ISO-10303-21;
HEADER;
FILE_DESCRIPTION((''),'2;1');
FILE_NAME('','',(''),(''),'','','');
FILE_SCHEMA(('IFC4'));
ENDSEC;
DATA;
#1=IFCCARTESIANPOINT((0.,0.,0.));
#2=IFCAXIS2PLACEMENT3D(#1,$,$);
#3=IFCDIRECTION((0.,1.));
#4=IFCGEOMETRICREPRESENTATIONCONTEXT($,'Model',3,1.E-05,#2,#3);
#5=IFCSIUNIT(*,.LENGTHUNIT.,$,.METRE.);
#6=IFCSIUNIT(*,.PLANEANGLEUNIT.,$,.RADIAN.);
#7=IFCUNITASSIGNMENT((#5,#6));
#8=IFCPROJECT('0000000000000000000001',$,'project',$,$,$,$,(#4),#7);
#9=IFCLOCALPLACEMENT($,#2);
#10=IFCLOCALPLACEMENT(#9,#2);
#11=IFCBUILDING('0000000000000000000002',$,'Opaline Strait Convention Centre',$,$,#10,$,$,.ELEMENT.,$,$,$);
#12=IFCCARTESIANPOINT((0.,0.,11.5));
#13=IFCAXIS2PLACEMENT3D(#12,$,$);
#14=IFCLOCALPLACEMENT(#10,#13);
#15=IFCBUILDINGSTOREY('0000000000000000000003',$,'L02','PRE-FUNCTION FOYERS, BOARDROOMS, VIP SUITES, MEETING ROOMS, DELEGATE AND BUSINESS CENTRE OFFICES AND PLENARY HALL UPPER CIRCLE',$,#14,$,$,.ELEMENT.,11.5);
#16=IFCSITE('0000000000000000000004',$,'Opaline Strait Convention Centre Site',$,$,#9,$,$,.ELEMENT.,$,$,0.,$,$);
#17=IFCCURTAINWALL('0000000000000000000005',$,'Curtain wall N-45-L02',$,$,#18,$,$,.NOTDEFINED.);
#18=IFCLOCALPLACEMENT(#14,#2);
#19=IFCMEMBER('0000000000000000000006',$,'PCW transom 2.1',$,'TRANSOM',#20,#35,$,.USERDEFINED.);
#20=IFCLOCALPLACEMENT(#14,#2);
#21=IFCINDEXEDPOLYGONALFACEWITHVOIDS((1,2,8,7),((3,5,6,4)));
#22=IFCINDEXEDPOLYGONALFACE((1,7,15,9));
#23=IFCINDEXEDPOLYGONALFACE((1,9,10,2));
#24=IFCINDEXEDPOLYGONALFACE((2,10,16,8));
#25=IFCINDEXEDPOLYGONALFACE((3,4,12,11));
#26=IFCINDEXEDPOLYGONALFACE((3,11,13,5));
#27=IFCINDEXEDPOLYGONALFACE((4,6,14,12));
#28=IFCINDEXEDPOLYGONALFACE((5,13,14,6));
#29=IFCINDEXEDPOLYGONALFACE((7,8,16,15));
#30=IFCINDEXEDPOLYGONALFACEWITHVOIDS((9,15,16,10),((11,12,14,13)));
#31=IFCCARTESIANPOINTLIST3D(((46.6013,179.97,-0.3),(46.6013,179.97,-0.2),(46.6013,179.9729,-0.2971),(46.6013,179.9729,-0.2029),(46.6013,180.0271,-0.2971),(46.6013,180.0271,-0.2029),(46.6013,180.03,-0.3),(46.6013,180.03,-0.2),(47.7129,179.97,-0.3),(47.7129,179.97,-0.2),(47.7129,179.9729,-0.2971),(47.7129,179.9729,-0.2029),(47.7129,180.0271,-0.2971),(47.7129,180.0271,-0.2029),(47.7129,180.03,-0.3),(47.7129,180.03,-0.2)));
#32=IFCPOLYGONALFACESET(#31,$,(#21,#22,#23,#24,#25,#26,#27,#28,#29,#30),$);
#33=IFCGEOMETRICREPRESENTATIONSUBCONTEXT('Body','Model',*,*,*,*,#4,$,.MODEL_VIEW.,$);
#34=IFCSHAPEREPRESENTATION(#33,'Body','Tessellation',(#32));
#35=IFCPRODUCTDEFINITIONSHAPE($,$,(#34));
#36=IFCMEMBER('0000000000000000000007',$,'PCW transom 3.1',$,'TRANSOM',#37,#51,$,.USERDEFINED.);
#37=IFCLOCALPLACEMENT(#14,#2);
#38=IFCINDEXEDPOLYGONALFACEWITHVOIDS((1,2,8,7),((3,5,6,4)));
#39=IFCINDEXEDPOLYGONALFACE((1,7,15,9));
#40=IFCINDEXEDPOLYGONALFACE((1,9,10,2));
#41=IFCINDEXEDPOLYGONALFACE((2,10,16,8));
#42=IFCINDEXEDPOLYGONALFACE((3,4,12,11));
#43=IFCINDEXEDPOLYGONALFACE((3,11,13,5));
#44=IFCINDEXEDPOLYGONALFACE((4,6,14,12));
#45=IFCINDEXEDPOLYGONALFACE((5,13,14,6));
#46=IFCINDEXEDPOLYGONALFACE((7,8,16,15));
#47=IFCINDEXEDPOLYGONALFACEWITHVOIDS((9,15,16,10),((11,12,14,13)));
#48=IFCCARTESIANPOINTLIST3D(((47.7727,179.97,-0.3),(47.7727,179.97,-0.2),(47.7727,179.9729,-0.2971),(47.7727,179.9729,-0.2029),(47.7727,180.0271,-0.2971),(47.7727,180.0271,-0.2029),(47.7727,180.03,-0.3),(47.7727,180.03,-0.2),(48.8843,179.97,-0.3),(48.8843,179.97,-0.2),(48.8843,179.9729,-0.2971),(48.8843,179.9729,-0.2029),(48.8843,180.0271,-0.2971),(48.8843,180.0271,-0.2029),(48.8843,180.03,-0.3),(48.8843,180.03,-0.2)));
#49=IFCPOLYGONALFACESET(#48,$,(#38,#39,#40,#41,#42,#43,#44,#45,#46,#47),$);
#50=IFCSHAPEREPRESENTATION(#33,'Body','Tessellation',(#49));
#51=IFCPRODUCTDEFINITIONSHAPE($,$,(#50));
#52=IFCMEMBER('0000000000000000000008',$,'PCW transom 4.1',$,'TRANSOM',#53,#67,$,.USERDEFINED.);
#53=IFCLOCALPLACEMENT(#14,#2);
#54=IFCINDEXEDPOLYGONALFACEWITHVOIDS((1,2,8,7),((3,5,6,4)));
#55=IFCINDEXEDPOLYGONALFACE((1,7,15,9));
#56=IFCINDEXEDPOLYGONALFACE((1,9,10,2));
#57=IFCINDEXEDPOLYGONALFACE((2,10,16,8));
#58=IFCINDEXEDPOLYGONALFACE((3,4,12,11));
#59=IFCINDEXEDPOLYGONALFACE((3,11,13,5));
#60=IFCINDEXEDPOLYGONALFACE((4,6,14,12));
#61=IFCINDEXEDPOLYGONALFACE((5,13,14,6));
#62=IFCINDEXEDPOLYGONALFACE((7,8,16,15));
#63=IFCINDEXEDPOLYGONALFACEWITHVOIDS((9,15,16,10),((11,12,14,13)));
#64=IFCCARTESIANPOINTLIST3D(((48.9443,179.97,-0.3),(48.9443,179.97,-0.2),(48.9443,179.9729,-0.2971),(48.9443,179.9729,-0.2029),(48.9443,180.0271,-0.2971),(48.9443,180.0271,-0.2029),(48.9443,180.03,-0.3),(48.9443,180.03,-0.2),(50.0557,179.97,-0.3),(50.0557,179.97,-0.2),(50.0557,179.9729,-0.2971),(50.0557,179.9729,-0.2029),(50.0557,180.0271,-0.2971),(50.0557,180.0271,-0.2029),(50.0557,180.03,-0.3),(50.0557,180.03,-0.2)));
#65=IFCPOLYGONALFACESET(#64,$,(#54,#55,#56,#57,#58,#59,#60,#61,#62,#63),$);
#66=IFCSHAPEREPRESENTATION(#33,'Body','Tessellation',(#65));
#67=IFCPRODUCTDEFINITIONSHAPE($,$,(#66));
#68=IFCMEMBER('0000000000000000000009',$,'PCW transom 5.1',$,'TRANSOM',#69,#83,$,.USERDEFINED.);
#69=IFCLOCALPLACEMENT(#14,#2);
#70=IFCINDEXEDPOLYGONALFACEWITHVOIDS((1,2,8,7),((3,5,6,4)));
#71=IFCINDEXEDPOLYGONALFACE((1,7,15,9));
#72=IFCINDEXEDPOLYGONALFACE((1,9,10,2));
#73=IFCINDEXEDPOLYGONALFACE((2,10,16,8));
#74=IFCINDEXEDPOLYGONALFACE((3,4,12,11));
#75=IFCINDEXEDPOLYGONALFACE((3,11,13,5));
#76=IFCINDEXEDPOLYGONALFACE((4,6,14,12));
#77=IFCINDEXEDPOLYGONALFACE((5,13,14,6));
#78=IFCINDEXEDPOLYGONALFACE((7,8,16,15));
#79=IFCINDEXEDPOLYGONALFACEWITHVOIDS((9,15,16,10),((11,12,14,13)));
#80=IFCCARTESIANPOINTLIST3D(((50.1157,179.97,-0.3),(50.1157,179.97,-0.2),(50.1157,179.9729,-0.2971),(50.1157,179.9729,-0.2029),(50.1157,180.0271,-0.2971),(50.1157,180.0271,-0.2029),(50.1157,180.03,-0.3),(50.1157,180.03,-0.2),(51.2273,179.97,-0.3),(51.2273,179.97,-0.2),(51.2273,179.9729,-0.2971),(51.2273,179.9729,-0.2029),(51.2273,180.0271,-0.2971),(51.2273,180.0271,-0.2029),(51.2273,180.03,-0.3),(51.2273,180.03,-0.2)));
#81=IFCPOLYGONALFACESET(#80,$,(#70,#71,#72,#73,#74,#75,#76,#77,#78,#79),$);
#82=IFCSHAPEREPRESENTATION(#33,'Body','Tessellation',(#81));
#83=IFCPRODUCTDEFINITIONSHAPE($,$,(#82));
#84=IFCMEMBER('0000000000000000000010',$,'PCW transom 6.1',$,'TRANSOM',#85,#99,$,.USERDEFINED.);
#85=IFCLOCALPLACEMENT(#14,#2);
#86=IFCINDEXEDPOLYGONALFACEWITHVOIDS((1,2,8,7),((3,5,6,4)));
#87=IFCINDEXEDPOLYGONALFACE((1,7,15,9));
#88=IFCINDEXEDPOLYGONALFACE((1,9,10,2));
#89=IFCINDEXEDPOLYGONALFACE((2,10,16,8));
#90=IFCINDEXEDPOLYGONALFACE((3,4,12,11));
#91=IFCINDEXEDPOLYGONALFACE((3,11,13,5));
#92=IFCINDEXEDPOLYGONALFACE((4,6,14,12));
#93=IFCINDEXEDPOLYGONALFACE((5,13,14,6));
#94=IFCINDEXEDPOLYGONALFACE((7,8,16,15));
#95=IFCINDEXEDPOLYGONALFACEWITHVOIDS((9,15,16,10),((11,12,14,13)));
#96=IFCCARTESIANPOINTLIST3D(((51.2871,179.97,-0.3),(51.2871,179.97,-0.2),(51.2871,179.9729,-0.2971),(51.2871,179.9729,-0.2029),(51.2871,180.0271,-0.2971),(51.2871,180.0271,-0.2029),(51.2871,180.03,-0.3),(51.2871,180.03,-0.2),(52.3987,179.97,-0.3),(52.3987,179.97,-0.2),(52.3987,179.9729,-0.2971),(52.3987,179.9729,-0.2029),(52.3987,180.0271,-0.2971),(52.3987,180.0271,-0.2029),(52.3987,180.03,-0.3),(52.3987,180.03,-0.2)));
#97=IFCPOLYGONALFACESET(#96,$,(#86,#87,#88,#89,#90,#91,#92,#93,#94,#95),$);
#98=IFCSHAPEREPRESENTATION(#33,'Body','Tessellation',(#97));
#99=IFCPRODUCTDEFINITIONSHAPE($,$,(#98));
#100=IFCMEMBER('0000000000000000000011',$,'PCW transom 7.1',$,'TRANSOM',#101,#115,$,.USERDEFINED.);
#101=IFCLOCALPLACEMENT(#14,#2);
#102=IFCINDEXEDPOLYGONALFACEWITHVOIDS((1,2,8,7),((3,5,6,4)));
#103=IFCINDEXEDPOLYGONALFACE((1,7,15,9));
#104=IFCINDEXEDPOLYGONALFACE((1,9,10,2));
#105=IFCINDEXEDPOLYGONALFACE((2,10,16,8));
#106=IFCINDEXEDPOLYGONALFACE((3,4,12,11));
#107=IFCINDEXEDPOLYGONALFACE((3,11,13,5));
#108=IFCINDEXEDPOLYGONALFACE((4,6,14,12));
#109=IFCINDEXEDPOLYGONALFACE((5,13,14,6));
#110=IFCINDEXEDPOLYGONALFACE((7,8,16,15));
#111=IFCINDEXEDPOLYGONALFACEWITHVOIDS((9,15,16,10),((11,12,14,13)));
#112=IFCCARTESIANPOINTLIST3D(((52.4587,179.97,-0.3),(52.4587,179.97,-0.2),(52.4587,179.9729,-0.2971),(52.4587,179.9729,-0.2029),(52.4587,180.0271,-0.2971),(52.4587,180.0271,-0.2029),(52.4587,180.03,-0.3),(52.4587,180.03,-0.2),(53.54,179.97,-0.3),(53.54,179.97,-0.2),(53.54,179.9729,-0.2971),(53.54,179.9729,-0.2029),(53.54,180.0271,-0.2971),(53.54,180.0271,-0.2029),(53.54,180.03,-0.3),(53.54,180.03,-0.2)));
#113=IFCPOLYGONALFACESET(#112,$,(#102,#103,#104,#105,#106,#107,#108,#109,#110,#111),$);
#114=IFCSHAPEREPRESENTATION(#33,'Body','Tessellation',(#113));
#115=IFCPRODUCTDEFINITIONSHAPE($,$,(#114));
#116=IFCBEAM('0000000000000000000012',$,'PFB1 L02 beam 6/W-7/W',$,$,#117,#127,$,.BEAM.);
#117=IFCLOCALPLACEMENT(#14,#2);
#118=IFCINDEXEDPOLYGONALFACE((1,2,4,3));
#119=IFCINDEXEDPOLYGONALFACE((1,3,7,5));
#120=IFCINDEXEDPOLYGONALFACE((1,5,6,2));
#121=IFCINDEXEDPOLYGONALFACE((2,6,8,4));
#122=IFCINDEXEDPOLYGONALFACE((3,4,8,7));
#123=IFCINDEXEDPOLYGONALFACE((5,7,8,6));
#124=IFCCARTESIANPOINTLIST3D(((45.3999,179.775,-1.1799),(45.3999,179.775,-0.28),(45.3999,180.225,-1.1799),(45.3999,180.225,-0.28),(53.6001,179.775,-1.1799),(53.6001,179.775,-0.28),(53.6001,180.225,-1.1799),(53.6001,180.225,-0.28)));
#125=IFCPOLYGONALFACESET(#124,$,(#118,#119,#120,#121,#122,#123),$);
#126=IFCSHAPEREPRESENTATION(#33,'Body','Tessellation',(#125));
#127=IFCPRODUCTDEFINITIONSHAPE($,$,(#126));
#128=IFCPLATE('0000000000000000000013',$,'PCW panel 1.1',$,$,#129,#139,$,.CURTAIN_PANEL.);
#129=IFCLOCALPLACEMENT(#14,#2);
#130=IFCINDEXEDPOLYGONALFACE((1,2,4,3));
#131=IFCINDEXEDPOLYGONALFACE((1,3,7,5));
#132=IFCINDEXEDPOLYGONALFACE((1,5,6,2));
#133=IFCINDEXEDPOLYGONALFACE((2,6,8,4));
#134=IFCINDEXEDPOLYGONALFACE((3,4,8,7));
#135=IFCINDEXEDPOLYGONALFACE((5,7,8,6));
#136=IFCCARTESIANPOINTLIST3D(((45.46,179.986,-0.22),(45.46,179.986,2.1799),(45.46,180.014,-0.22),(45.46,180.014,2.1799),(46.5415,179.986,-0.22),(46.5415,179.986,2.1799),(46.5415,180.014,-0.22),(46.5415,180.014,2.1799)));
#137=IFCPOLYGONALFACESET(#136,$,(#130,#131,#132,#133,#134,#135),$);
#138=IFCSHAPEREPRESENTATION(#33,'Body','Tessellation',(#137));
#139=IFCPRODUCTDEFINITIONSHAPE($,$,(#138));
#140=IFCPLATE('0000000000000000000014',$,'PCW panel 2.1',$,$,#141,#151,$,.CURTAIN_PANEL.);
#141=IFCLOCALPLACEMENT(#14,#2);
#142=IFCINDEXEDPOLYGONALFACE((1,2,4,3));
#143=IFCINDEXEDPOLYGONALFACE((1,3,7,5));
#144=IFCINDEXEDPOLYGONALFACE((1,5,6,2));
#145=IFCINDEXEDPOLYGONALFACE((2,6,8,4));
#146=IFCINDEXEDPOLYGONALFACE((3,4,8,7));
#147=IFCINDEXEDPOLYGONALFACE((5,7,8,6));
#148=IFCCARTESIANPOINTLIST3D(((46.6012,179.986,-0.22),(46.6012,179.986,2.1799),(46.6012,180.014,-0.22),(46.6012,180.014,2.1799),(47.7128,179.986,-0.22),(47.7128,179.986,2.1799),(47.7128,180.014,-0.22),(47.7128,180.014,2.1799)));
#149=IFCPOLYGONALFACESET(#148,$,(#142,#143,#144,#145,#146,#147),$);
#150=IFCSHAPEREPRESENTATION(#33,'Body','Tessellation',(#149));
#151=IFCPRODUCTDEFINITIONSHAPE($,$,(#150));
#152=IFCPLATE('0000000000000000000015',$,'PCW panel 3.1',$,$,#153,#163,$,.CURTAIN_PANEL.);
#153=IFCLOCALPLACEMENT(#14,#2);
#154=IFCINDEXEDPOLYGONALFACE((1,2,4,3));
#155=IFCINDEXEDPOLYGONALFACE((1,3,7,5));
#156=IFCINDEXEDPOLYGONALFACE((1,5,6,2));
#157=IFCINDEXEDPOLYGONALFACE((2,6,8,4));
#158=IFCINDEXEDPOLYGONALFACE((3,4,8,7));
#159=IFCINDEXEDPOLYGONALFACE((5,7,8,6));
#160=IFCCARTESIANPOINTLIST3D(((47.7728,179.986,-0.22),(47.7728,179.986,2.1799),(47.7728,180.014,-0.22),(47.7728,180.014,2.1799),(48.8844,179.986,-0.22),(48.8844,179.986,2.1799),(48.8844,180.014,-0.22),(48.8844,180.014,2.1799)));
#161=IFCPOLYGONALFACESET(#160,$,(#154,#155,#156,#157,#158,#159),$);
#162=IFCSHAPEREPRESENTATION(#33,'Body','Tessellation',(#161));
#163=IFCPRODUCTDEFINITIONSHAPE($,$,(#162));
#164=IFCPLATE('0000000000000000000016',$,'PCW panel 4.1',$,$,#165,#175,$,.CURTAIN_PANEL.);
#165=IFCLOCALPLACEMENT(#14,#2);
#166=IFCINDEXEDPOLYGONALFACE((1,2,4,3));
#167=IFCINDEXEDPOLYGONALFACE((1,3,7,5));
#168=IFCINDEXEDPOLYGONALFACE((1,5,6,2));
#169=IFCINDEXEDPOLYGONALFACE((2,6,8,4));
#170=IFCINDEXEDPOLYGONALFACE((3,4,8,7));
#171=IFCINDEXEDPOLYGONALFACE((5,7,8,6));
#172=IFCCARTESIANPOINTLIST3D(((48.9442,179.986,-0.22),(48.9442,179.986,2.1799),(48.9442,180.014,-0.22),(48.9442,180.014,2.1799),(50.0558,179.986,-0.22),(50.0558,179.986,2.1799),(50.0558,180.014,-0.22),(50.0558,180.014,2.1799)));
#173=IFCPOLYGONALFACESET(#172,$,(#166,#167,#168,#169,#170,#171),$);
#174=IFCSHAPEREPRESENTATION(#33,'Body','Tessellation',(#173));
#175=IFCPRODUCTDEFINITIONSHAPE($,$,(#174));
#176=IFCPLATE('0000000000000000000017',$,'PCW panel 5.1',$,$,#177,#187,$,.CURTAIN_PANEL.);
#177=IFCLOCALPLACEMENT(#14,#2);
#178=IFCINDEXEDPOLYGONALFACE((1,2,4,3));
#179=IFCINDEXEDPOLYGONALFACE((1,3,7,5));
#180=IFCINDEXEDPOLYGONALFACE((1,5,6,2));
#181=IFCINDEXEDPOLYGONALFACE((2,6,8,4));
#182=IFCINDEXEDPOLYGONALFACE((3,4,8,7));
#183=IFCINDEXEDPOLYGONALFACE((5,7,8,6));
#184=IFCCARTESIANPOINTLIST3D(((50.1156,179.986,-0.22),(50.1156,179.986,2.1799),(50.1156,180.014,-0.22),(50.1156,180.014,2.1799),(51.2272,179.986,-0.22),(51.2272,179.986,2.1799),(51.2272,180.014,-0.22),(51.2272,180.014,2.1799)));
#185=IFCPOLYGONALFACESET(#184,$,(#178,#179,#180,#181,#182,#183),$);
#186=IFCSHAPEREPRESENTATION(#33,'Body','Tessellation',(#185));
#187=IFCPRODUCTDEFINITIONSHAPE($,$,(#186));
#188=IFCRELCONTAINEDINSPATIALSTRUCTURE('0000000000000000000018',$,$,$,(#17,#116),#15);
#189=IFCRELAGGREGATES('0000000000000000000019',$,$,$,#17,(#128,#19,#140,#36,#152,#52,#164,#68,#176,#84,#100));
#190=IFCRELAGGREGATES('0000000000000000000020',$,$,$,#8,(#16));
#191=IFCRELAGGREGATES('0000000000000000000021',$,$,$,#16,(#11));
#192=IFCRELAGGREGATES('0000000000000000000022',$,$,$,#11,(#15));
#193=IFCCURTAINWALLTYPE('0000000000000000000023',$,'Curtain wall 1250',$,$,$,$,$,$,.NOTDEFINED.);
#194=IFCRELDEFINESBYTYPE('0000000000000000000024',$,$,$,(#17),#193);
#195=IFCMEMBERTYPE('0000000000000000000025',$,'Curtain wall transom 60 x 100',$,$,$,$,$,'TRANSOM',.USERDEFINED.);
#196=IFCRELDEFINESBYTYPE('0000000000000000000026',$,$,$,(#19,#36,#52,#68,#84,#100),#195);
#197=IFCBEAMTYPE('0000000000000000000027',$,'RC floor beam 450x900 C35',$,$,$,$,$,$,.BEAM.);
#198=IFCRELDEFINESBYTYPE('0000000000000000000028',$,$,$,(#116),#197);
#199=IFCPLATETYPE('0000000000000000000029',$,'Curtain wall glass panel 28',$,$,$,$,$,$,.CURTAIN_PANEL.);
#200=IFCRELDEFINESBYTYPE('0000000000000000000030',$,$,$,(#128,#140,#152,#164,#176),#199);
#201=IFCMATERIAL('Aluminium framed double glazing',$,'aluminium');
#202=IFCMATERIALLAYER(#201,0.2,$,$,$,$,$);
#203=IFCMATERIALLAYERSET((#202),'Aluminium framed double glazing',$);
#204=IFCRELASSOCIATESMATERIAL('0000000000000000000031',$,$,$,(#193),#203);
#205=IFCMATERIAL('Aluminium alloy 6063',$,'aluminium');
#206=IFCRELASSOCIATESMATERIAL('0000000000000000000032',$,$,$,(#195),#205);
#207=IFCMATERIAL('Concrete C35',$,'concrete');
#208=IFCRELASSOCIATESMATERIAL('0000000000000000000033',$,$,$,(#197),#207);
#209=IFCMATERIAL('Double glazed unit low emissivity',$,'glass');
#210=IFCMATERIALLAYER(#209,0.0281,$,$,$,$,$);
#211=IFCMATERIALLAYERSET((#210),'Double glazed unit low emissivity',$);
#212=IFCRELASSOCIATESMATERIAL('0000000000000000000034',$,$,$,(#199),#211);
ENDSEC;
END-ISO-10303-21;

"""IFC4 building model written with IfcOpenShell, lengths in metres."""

from ifc_helpers import new_model, si_unit, direction, frame, origin, origin_2d, place, context, subcontext, project, spatial, rectangle, hollow_rectangle, extrude, material, layer, layer_set, material_profile, profile_set, type_object, element, aggregate, save


model = new_model("IFC4")

# Units and contexts
model_context = context("Model", 3, precision=1e-05, world=origin(), true_north=direction((0.0, 1.0)))
body_context = subcontext(model_context, "Body", "Model", "MODEL_VIEW")
ifc_project = project(units=[si_unit("LENGTHUNIT", "METRE"), si_unit("PLANEANGLEUNIT", "RADIAN")], contexts=[model_context])

# Site, building, storey
site_placement = place(None, origin())
site = spatial("IfcSite", under=ifc_project, at=site_placement, Name="Opaline Strait Convention Centre Site", CompositionType="ELEMENT", RefElevation=0.0)
building_placement = place(site_placement, origin())
building = spatial("IfcBuilding", under=site, at=building_placement, Name="Opaline Strait Convention Centre", CompositionType="ELEMENT")
storey_placement = place(building_placement, frame((0.0, 0.0, 11.5)))
storey = spatial("IfcBuildingStorey", under=building, at=storey_placement, Name="L02", Description="PRE-FUNCTION FOYERS, BOARDROOMS, VIP SUITES, MEETING ROOMS, DELEGATE AND BUSINESS CENTRE OFFICES AND PLENARY HALL UPPER CIRCLE", CompositionType="ELEMENT", Elevation=11.5)

# Shared definitions
ifc_material_1 = material(Name="Aluminium framed double glazing", Category="aluminium")
ifc_layer_1 = layer(ifc_material_1, 0.2)
ifc_layer_set_1 = layer_set([ifc_layer_1], Name="Aluminium framed double glazing")
curtain_wall_type = type_object("IfcCurtainWallType", Name="Curtain wall 1250", PredefinedType="NOTDEFINED", material=ifc_layer_set_1)
ifc_material_2 = material(Name="Aluminium alloy 6063", Category="aluminium")

# Curtain wall, members
curtain_wall_1_placement = place(storey_placement, origin())
curtain_wall_1 = element("IfcCurtainWall", 1, at=curtain_wall_1_placement, inside=storey, type_object=curtain_wall_type, Name="Curtain wall N-45-L02", PredefinedType="NOTDEFINED")
ifc_material_profile_1 = material_profile(ifc_material_2, hollow_rectangle(XDim=0.0601, YDim=0.1001, WallThickness=0.0029, at=origin_2d()), Name="TRANSOM 60x100x3")
ifc_profile_set_1 = profile_set([ifc_material_profile_1], Name="Aluminium alloy 6063")
member_type_1 = type_object("IfcMemberType", Name="Curtain wall transom 60 x 100", ElementType="TRANSOM", PredefinedType="USERDEFINED", material=ifc_profile_set_1)
member_1_placement = place(storey_placement, frame((46.6013, 180.0, -0.25), z_axis=(1.0, 0.0, 0.0), x_axis=(0.0, 1.0, 0.0)))
member_1 = element("IfcMember", 2, at=member_1_placement, type_object=member_type_1, Name="PCW transom 2.1", ObjectType="TRANSOM", PredefinedType="USERDEFINED", context=body_context, shape_type="SweptSolid", body=[
    extrude(hollow_rectangle(XDim=0.0601, YDim=0.1001, WallThickness=0.0029, at=origin_2d()), origin(), (0.0, 0.0, 1.0), 1.1116),
])
member_2_placement = place(storey_placement, frame((47.7727, 180.0, -0.25), z_axis=(1.0, 0.0, 0.0), x_axis=(0.0, 1.0, 0.0)))
member_2 = element("IfcMember", 3, at=member_2_placement, type_object=member_type_1, Name="PCW transom 3.1", ObjectType="TRANSOM", PredefinedType="USERDEFINED", context=body_context, shape_type="SweptSolid", body=[
    extrude(hollow_rectangle(XDim=0.0601, YDim=0.1001, WallThickness=0.0029, at=origin_2d()), origin(), (0.0, 0.0, 1.0), 1.1116),
])
member_3_placement = place(storey_placement, frame((48.9443, 180.0, -0.25), z_axis=(1.0, 0.0, 0.0), x_axis=(0.0, 1.0, 0.0)))
member_3 = element("IfcMember", 4, at=member_3_placement, type_object=member_type_1, Name="PCW transom 4.1", ObjectType="TRANSOM", PredefinedType="USERDEFINED", context=body_context, shape_type="SweptSolid", body=[
    extrude(hollow_rectangle(XDim=0.0601, YDim=0.1001, WallThickness=0.0029, at=origin_2d()), origin(), (0.0, 0.0, 1.0), 1.1113),
])
member_4_placement = place(storey_placement, frame((50.1157, 180.0, -0.25), z_axis=(1.0, 0.0, 0.0), x_axis=(0.0, 1.0, 0.0)))
member_4 = element("IfcMember", 5, at=member_4_placement, type_object=member_type_1, Name="PCW transom 5.1", ObjectType="TRANSOM", PredefinedType="USERDEFINED", context=body_context, shape_type="SweptSolid", body=[
    extrude(hollow_rectangle(XDim=0.0601, YDim=0.1001, WallThickness=0.0029, at=origin_2d()), origin(), (0.0, 0.0, 1.0), 1.1116),
])
member_5_placement = place(storey_placement, frame((51.2871, 180.0, -0.25), z_axis=(1.0, 0.0, 0.0), x_axis=(0.0, 1.0, 0.0)))
member_5 = element("IfcMember", 6, at=member_5_placement, type_object=member_type_1, Name="PCW transom 6.1", ObjectType="TRANSOM", PredefinedType="USERDEFINED", context=body_context, shape_type="SweptSolid", body=[
    extrude(hollow_rectangle(XDim=0.0601, YDim=0.1001, WallThickness=0.0029, at=origin_2d()), origin(), (0.0, 0.0, 1.0), 1.1116),
])
member_6_placement = place(storey_placement, frame((52.4587, 180.0, -0.25), z_axis=(1.0, 0.0, 0.0), x_axis=(0.0, 1.0, 0.0)))
member_6 = element("IfcMember", 7, at=member_6_placement, type_object=member_type_1, Name="PCW transom 7.1", ObjectType="TRANSOM", PredefinedType="USERDEFINED", context=body_context, shape_type="SweptSolid", body=[
    extrude(hollow_rectangle(XDim=0.0601, YDim=0.1001, WallThickness=0.0029, at=origin_2d()), origin(), (0.0, 0.0, 1.0), 1.0813),
])

# Beam
ifc_material_3 = material(Name="Concrete C35", Category="concrete")
ifc_material_profile_2 = material_profile(ifc_material_3, rectangle(XDim=0.45, YDim=0.8999, at=origin_2d()), Name="RC 450x900")
ifc_profile_set_2 = profile_set([ifc_material_profile_2], Name="Concrete C35")
beam_type = type_object("IfcBeamType", Name="RC floor beam 450x900 C35", PredefinedType="BEAM", material=ifc_profile_set_2)
beam_placement = place(storey_placement, frame((45.3999, 180.0, -0.73), z_axis=(1.0, 0.0, 0.0), x_axis=(0.0, 1.0, 0.0)))
element("IfcBeam", 8, at=beam_placement, inside=storey, type_object=beam_type, Name="PFB1 L02 beam 6/W-7/W", PredefinedType="BEAM", context=body_context, shape_type="SweptSolid", body=[
    extrude(rectangle(XDim=0.45, YDim=0.8999, at=origin_2d()), origin(), (0.0, 0.0, 1.0), 8.2002),
])

# Plates
ifc_material_4 = material(Name="Double glazed unit low emissivity", Category="glass")
ifc_layer_2 = layer(ifc_material_4, 0.0281)
ifc_layer_set_2 = layer_set([ifc_layer_2], Name="Double glazed unit low emissivity")
plate_type = type_object("IfcPlateType", Name="Curtain wall glass panel 28", PredefinedType="CURTAIN_PANEL", material=ifc_layer_set_2)
plate_1_placement = place(storey_placement, frame((46.0007, 180.0, -0.22), z_axis=(0.0, 0.0, 1.0), x_axis=(1.0, 0.0, 0.0)))
plate_1 = element("IfcPlate", 9, at=plate_1_placement, type_object=plate_type, Name="PCW panel 1.1", PredefinedType="CURTAIN_PANEL", context=body_context, shape_type="SweptSolid", body=[
    extrude(rectangle(XDim=1.0815, YDim=0.0281, at=origin_2d()), origin(), (0.0, 0.0, 1.0), 2.3999),
])
plate_2_placement = place(storey_placement, frame((47.157, 180.0, -0.22), z_axis=(0.0, 0.0, 1.0), x_axis=(1.0, 0.0, 0.0)))
plate_2 = element("IfcPlate", 10, at=plate_2_placement, type_object=plate_type, Name="PCW panel 2.1", PredefinedType="CURTAIN_PANEL", context=body_context, shape_type="SweptSolid", body=[
    extrude(rectangle(XDim=1.1116, YDim=0.0281, at=origin_2d()), origin(), (0.0, 0.0, 1.0), 2.3999),
])
plate_3_placement = place(storey_placement, frame((48.3286, 180.0, -0.22), z_axis=(0.0, 0.0, 1.0), x_axis=(1.0, 0.0, 0.0)))
plate_3 = element("IfcPlate", 11, at=plate_3_placement, type_object=plate_type, Name="PCW panel 3.1", PredefinedType="CURTAIN_PANEL", context=body_context, shape_type="SweptSolid", body=[
    extrude(rectangle(XDim=1.1116, YDim=0.0281, at=origin_2d()), origin(), (0.0, 0.0, 1.0), 2.3999),
])
plate_4_placement = place(storey_placement, frame((49.5, 180.0, -0.22), z_axis=(0.0, 0.0, 1.0), x_axis=(1.0, 0.0, 0.0)))
plate_4 = element("IfcPlate", 12, at=plate_4_placement, type_object=plate_type, Name="PCW panel 4.1", PredefinedType="CURTAIN_PANEL", context=body_context, shape_type="SweptSolid", body=[
    extrude(rectangle(XDim=1.1116, YDim=0.0281, at=origin_2d()), origin(), (0.0, 0.0, 1.0), 2.3999),
])
plate_5_placement = place(storey_placement, frame((50.6714, 180.0, -0.22), z_axis=(0.0, 0.0, 1.0), x_axis=(1.0, 0.0, 0.0)))
plate_5 = element("IfcPlate", 13, at=plate_5_placement, type_object=plate_type, Name="PCW panel 5.1", PredefinedType="CURTAIN_PANEL", context=body_context, shape_type="SweptSolid", body=[
    extrude(rectangle(XDim=1.1116, YDim=0.0281, at=origin_2d()), origin(), (0.0, 0.0, 1.0), 2.3999),
])
aggregate(curtain_wall_1, [plate_1, member_1, plate_2, member_2, plate_3, member_3, plate_4, member_4, plate_5, member_5, member_6])

save(model, "model.ifc")
